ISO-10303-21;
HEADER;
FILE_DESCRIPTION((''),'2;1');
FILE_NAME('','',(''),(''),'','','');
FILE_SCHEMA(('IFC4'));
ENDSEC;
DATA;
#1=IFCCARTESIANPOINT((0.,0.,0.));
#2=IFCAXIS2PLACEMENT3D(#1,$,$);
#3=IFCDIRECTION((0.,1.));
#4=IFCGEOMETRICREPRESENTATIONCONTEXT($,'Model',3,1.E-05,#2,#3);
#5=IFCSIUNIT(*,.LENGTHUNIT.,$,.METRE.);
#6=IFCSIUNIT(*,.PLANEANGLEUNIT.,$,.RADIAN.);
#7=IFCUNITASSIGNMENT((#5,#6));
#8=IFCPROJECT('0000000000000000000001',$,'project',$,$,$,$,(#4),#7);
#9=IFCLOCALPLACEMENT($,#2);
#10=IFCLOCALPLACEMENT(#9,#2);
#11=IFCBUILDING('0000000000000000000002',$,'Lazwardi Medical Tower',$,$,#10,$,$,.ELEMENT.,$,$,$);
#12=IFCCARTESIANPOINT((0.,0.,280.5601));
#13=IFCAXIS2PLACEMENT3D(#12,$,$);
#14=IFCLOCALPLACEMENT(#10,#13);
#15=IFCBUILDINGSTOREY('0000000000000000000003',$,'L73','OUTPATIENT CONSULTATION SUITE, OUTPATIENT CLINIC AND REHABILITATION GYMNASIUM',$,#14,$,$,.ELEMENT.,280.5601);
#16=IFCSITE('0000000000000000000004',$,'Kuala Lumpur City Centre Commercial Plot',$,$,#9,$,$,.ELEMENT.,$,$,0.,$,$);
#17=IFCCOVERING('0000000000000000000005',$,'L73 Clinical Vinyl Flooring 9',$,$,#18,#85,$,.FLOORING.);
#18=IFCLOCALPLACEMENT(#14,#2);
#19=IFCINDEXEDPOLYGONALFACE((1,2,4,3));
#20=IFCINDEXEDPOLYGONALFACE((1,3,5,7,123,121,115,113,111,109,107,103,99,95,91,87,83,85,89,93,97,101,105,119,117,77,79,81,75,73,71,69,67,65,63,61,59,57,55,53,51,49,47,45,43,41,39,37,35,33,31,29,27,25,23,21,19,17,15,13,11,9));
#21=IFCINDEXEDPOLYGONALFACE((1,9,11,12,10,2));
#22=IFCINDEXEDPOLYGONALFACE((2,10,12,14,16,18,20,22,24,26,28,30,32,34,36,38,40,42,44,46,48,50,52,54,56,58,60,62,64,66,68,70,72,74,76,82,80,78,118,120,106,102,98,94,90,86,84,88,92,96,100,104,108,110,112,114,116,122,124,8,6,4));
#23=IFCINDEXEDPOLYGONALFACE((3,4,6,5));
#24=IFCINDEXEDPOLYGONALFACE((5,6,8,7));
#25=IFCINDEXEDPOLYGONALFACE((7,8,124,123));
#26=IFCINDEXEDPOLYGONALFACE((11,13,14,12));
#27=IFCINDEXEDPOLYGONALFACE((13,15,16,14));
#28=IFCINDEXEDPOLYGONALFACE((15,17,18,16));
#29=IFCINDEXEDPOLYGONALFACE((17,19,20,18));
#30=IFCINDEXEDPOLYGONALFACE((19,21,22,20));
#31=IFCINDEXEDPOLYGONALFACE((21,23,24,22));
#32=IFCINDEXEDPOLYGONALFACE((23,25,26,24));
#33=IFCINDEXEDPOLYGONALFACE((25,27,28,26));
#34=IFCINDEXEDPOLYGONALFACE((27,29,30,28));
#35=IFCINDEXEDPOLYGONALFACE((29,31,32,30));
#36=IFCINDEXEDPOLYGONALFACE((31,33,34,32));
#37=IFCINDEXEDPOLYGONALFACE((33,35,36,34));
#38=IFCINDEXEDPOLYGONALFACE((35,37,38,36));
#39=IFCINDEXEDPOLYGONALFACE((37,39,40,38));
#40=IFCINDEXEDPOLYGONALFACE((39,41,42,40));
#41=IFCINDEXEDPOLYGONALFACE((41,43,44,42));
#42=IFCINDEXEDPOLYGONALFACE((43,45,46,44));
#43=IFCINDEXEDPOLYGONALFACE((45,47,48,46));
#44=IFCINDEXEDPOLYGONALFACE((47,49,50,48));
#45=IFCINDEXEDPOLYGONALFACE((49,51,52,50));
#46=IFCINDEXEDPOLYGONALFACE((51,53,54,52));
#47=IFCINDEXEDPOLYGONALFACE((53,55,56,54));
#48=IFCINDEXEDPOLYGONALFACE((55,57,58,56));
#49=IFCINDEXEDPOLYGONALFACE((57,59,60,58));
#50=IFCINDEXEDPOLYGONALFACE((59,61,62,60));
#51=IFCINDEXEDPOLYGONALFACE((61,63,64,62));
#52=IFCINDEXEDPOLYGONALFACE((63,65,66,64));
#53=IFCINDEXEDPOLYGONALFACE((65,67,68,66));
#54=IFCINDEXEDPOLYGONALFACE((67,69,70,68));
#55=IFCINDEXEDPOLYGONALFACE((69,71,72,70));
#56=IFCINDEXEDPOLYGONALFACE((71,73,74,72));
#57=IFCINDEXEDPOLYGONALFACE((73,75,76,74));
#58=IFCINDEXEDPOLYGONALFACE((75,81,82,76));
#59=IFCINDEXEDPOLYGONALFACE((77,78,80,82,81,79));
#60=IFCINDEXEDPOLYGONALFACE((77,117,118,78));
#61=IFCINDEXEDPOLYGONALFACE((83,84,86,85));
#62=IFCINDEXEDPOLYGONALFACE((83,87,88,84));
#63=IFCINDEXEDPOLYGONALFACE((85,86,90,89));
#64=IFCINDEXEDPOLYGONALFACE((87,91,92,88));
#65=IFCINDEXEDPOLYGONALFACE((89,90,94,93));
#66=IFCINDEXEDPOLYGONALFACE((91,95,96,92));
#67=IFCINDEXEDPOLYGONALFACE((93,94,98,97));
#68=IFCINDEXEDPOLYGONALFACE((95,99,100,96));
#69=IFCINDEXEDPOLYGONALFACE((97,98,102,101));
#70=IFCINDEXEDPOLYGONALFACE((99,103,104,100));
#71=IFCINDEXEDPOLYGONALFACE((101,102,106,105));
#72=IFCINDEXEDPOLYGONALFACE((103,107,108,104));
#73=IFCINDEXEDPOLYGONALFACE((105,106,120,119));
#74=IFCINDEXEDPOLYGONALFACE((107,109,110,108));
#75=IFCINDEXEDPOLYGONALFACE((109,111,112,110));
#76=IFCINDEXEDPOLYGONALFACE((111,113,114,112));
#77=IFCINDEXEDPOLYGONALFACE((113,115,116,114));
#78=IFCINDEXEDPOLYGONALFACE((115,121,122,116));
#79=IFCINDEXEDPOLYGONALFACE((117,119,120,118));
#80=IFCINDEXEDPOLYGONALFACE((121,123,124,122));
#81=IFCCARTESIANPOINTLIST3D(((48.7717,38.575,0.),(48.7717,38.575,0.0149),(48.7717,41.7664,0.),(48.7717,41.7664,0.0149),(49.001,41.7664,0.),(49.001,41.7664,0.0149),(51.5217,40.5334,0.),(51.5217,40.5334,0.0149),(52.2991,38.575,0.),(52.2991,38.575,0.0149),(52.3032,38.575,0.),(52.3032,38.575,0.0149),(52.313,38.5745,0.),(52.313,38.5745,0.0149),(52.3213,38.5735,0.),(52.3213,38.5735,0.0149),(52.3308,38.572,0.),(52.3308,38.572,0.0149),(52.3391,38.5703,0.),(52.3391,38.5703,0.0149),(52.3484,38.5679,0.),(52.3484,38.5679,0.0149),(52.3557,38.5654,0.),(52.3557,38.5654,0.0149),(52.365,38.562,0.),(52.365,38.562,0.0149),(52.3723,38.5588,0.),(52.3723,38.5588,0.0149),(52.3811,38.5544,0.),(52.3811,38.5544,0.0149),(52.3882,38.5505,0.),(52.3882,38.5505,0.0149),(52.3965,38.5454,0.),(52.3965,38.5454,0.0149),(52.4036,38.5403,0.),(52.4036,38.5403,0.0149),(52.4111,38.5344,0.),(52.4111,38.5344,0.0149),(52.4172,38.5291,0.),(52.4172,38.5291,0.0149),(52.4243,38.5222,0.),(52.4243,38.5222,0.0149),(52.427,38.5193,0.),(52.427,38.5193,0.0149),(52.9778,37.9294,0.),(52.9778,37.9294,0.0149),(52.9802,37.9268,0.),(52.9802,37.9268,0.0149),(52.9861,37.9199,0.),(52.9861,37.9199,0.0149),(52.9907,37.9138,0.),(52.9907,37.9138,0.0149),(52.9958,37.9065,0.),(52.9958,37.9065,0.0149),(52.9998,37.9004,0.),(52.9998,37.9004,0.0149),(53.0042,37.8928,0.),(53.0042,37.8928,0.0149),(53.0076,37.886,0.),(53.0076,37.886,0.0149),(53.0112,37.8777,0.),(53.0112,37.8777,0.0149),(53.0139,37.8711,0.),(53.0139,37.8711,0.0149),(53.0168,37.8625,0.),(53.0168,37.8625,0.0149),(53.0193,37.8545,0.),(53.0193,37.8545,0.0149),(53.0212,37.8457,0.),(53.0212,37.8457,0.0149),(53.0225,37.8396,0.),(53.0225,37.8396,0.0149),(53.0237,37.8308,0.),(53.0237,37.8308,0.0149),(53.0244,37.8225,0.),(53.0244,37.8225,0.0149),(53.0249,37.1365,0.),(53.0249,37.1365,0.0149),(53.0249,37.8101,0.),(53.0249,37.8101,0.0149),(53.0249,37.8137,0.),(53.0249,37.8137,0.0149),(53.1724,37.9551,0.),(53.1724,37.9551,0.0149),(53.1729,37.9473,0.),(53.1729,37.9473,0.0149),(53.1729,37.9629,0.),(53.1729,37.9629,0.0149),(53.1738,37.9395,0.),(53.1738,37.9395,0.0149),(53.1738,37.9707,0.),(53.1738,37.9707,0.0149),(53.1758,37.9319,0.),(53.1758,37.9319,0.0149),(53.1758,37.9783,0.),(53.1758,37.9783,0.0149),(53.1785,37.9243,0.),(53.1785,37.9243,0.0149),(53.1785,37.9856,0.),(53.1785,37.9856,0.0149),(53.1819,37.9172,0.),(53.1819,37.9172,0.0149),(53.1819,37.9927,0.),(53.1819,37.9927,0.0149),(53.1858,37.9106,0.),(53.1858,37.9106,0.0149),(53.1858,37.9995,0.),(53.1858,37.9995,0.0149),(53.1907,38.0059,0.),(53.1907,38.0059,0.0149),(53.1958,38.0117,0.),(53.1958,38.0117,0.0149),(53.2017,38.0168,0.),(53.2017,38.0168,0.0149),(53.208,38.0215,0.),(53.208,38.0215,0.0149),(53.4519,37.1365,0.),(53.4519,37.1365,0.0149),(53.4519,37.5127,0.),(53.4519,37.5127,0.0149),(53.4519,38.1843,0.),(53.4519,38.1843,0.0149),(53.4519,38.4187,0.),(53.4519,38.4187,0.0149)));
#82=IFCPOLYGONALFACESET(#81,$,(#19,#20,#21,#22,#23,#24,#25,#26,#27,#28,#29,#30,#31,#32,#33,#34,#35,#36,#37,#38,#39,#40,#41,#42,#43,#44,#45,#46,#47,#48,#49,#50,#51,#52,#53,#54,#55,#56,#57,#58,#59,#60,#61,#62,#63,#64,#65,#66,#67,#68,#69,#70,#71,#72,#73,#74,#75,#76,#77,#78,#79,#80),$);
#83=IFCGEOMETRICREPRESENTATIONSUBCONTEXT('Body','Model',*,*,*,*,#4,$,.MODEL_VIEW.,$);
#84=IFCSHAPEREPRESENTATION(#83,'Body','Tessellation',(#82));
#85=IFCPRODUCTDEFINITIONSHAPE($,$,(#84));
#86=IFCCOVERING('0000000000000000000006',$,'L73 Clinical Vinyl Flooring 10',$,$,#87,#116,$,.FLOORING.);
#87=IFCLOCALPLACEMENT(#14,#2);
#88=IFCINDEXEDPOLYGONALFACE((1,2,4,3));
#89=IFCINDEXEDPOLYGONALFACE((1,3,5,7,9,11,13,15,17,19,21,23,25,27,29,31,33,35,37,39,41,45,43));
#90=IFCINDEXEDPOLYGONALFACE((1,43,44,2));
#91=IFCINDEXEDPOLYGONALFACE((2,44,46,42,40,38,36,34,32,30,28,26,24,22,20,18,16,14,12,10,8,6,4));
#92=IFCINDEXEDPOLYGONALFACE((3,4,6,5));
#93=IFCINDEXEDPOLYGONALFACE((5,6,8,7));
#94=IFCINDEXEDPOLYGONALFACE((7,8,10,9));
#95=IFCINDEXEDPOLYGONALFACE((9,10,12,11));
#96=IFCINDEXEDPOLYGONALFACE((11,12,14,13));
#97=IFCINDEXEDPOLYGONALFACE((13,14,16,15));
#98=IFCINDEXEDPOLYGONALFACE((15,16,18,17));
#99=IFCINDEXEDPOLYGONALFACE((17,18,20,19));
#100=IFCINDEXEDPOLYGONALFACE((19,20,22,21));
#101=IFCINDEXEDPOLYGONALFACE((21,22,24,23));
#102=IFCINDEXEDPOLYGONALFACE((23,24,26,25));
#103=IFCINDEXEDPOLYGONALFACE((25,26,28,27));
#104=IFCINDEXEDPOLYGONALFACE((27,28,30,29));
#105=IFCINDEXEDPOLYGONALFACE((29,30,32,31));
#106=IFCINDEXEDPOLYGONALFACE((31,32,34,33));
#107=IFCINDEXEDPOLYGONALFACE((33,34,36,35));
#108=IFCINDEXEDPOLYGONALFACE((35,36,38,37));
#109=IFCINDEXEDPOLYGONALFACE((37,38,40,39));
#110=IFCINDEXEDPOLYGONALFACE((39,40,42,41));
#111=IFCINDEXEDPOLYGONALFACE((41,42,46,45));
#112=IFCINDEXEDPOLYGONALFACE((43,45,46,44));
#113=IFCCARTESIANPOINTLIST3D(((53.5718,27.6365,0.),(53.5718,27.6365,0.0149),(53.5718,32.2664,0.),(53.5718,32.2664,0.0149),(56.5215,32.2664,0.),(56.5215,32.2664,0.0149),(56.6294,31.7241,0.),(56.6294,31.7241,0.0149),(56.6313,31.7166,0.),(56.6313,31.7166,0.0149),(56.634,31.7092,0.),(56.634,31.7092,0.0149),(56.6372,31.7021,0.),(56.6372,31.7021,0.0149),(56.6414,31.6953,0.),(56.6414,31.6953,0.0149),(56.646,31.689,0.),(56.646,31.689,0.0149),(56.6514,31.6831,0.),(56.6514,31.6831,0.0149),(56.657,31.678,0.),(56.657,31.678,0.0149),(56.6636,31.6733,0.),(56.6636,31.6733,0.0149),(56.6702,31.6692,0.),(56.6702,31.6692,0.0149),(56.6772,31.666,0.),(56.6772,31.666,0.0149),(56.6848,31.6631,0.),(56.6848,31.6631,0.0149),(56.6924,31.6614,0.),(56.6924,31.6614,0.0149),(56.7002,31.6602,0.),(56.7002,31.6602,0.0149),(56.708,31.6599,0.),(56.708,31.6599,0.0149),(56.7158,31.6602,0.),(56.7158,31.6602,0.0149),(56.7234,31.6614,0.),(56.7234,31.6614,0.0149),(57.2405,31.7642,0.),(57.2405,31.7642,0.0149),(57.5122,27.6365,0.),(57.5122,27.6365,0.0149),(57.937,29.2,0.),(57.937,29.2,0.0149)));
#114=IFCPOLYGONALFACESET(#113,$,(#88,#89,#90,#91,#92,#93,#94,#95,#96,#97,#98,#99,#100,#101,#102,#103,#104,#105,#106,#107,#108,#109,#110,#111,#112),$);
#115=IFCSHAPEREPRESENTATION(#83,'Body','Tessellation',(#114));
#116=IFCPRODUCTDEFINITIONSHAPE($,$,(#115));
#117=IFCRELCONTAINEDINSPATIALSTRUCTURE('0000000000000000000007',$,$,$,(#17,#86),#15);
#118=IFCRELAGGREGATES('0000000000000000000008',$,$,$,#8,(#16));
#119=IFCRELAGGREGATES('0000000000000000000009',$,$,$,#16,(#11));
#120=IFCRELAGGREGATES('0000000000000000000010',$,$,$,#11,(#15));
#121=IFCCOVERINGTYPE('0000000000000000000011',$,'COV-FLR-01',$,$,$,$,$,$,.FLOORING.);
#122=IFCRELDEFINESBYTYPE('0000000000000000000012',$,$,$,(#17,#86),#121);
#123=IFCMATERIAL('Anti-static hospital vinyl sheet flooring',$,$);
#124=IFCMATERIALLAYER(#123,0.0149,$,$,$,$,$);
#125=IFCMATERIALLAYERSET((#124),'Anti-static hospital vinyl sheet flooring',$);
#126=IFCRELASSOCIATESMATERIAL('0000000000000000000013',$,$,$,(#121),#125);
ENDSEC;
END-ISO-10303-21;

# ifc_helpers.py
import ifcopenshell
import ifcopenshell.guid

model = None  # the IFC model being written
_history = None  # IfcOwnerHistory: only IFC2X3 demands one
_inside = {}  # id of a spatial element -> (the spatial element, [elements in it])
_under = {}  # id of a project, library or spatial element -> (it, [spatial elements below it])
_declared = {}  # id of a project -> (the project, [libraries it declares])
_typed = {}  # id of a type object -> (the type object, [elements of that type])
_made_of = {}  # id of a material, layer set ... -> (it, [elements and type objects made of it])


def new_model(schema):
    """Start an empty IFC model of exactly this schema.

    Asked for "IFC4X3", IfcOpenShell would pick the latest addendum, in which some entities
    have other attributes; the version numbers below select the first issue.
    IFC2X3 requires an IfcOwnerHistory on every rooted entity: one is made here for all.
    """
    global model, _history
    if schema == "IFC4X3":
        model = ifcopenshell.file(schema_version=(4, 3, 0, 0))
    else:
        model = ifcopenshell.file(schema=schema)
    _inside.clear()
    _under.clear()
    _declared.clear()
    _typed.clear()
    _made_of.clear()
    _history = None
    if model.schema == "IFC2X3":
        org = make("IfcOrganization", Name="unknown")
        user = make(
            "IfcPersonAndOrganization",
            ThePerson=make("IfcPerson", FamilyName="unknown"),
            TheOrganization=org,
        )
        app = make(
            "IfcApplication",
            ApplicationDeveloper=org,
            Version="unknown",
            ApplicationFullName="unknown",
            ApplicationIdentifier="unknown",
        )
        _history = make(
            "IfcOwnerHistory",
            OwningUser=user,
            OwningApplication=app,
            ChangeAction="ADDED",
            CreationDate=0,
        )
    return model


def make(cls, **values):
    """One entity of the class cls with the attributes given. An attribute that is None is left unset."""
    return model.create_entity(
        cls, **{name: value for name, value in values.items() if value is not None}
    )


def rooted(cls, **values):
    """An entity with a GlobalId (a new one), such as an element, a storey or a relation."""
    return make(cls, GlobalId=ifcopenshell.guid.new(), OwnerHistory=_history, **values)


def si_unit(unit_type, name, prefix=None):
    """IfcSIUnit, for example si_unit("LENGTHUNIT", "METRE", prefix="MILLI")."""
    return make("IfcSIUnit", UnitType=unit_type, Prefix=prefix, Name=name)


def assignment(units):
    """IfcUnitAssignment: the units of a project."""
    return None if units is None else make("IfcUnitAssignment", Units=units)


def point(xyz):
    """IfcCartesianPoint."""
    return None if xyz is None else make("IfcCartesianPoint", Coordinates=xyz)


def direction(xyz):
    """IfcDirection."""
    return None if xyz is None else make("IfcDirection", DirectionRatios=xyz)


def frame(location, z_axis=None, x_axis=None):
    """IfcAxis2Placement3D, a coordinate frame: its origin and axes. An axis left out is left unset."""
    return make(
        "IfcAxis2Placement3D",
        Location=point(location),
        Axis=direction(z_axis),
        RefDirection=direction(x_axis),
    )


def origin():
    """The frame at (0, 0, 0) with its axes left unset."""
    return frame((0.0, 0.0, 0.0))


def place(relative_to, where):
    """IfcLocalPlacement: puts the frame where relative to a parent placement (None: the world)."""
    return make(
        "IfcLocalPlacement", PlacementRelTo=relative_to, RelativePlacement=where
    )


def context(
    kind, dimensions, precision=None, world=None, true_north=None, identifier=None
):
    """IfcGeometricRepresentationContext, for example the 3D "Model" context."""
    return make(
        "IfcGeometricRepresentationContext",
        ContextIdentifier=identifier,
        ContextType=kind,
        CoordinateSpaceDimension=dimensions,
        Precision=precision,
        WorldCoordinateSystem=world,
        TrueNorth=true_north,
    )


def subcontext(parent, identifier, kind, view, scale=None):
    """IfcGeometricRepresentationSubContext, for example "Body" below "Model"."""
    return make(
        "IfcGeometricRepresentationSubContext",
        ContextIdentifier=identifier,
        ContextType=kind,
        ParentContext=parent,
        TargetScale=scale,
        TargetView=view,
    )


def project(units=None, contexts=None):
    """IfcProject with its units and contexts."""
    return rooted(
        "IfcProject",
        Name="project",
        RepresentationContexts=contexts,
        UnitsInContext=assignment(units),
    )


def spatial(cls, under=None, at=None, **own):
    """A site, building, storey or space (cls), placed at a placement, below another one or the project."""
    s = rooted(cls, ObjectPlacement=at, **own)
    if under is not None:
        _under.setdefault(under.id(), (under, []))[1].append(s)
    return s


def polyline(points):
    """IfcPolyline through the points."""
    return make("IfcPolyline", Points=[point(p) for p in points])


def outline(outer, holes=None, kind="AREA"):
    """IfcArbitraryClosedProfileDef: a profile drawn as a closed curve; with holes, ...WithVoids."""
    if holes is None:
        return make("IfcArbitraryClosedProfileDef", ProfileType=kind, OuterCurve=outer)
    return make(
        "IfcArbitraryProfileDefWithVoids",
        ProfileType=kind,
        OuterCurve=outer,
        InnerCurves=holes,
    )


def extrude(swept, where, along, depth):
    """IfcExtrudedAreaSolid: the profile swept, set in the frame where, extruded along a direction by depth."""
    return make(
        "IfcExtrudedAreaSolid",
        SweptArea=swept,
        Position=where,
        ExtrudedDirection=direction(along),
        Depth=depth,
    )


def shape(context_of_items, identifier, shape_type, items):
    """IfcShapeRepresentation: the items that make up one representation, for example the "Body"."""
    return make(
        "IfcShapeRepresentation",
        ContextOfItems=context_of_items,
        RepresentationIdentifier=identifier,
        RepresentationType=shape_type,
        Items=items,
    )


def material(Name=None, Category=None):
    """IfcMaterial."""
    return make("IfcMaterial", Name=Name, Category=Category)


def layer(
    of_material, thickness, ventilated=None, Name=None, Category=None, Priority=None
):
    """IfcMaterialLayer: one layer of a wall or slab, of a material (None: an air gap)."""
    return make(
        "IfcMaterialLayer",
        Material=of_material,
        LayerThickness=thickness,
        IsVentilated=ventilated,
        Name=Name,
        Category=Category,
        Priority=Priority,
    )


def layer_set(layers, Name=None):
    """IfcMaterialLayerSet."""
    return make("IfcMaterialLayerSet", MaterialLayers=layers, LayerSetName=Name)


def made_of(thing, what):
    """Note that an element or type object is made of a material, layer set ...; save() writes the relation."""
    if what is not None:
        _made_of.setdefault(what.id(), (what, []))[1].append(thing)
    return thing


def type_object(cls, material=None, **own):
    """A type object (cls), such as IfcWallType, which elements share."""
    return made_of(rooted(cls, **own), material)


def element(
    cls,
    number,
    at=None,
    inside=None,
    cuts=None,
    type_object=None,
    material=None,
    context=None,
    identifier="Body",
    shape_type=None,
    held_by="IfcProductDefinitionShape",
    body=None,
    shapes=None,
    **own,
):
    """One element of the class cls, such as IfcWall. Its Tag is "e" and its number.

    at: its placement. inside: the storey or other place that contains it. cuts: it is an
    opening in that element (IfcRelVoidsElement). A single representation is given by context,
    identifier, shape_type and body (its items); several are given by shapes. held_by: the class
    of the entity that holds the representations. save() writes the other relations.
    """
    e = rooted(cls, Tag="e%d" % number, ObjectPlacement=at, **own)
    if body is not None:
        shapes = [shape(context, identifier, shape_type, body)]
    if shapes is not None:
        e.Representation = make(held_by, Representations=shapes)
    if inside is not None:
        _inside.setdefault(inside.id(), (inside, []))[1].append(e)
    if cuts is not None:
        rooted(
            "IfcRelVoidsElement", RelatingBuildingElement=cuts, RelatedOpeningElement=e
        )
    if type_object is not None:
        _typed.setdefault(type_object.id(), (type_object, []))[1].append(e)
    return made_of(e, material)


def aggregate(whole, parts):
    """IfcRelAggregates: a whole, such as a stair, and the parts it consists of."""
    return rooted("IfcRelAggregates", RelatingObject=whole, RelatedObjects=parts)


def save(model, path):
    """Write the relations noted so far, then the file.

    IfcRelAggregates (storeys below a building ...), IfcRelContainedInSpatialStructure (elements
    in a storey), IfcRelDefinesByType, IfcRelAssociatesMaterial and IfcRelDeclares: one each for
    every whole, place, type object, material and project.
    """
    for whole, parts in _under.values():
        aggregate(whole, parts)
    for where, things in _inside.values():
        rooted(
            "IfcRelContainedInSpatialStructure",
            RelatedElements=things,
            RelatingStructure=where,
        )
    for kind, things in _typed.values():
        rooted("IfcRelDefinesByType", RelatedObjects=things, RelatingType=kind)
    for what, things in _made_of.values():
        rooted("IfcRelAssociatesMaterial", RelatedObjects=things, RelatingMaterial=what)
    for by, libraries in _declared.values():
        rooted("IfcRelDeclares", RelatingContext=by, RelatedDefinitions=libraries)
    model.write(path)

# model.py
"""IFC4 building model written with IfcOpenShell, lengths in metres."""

from ifc_helpers import new_model, si_unit, direction, frame, origin, place, context, subcontext, project, spatial, polyline, outline, extrude, material, layer, layer_set, type_object, element, save


model = new_model("IFC4")

# Units and contexts
model_context = context("Model", 3, precision=1e-05, world=origin(), true_north=direction((0.0, 1.0)))
body_context = subcontext(model_context, "Body", "Model", "MODEL_VIEW")
ifc_project = project(units=[si_unit("LENGTHUNIT", "METRE"), si_unit("PLANEANGLEUNIT", "RADIAN")], contexts=[model_context])

# Site, building, storey
site_placement = place(None, origin())
site = spatial("IfcSite", under=ifc_project, at=site_placement, Name="Kuala Lumpur City Centre Commercial Plot", CompositionType="ELEMENT", RefElevation=0.0)
building_placement = place(site_placement, origin())
building = spatial("IfcBuilding", under=site, at=building_placement, Name="Lazwardi Medical Tower", CompositionType="ELEMENT")
storey_placement = place(building_placement, frame((0.0, 0.0, 280.5601)))
storey = spatial("IfcBuildingStorey", under=building, at=storey_placement, Name="L73", Description="OUTPATIENT CONSULTATION SUITE, OUTPATIENT CLINIC AND REHABILITATION GYMNASIUM", CompositionType="ELEMENT", Elevation=280.5601)

# Coverings
ifc_material_1 = material(Name="Anti-static hospital vinyl sheet flooring")
ifc_layer_1 = layer(ifc_material_1, 0.0149)
ifc_layer_set_1 = layer_set([ifc_layer_1], Name="Anti-static hospital vinyl sheet flooring")
covering_type_1 = type_object("IfcCoveringType", Name="COV-FLR-01", PredefinedType="FLOORING", material=ifc_layer_set_1)
covering_1_placement = place(storey_placement, origin())
element("IfcCovering", 1, at=covering_1_placement, inside=storey, type_object=covering_type_1, Name="L73 Clinical Vinyl Flooring 9", PredefinedType="FLOORING", context=body_context, shape_type="SweptSolid", body=[
    extrude(outline(polyline([(53.4519, 37.5127), (53.1858, 37.9106), (53.1819, 37.9172), (53.1785, 37.9243), (53.1758, 37.9319), (53.1738, 37.9395), (53.1729, 37.9473), (53.1724, 37.9551), (53.1729, 37.9629), (53.1738, 37.9707), (53.1758, 37.9783), (53.1785, 37.9856), (53.1819, 37.9927), (53.1858, 37.9995), (53.1907, 38.0059), (53.1958, 38.0117), (53.2017, 38.0168), (53.208, 38.0215), (53.4519, 38.1843), (53.4519, 38.4187), (51.5217, 40.5334), (49.001, 41.7664), (48.7717, 41.7664), (48.7717, 38.575), (52.2991, 38.575), (52.3032, 38.575), (52.313, 38.5745), (52.3213, 38.5735), (52.3308, 38.572), (52.3391, 38.5703), (52.3484, 38.5679), (52.3557, 38.5654), (52.365, 38.562), (52.3723, 38.5588), (52.3811, 38.5544), (52.3882, 38.5505), (52.3965, 38.5454), (52.4036, 38.5403), (52.4111, 38.5344), (52.4172, 38.5291), (52.4243, 38.5222), (52.427, 38.5193), (52.9778, 37.9294), (52.9802, 37.9268), (52.9861, 37.9199), (52.9907, 37.9138), (52.9958, 37.9065), (52.9998, 37.9004), (53.0042, 37.8928), (53.0076, 37.886), (53.0112, 37.8777), (53.0139, 37.8711), (53.0168, 37.8625), (53.0193, 37.8545), (53.0212, 37.8457), (53.0225, 37.8396), (53.0237, 37.8308), (53.0244, 37.8225), (53.0249, 37.8137), (53.0249, 37.8101), (53.0249, 37.1365), (53.4519, 37.1365), (53.4519, 37.5127)])), origin(), (0.0, 0.0, 1.0), 0.0149),
])
covering_2_placement = place(storey_placement, origin())
element("IfcCovering", 2, at=covering_2_placement, inside=storey, type_object=covering_type_1, Name="L73 Clinical Vinyl Flooring 10", PredefinedType="FLOORING", context=body_context, shape_type="SweptSolid", body=[
    extrude(outline(polyline([(57.5122, 27.6365), (57.937, 29.2), (57.2405, 31.7642), (56.7234, 31.6614), (56.7158, 31.6602), (56.708, 31.6599), (56.7002, 31.6602), (56.6924, 31.6614), (56.6848, 31.6631), (56.6772, 31.666), (56.6702, 31.6692), (56.6636, 31.6733), (56.657, 31.678), (56.6514, 31.6831), (56.646, 31.689), (56.6414, 31.6953), (56.6372, 31.7021), (56.634, 31.7092), (56.6313, 31.7166), (56.6294, 31.7241), (56.5215, 32.2664), (53.5718, 32.2664), (53.5718, 27.6365), (57.5122, 27.6365)])), origin(), (0.0, 0.0, 1.0), 0.0149),
])

save(model, "model.ifc")
